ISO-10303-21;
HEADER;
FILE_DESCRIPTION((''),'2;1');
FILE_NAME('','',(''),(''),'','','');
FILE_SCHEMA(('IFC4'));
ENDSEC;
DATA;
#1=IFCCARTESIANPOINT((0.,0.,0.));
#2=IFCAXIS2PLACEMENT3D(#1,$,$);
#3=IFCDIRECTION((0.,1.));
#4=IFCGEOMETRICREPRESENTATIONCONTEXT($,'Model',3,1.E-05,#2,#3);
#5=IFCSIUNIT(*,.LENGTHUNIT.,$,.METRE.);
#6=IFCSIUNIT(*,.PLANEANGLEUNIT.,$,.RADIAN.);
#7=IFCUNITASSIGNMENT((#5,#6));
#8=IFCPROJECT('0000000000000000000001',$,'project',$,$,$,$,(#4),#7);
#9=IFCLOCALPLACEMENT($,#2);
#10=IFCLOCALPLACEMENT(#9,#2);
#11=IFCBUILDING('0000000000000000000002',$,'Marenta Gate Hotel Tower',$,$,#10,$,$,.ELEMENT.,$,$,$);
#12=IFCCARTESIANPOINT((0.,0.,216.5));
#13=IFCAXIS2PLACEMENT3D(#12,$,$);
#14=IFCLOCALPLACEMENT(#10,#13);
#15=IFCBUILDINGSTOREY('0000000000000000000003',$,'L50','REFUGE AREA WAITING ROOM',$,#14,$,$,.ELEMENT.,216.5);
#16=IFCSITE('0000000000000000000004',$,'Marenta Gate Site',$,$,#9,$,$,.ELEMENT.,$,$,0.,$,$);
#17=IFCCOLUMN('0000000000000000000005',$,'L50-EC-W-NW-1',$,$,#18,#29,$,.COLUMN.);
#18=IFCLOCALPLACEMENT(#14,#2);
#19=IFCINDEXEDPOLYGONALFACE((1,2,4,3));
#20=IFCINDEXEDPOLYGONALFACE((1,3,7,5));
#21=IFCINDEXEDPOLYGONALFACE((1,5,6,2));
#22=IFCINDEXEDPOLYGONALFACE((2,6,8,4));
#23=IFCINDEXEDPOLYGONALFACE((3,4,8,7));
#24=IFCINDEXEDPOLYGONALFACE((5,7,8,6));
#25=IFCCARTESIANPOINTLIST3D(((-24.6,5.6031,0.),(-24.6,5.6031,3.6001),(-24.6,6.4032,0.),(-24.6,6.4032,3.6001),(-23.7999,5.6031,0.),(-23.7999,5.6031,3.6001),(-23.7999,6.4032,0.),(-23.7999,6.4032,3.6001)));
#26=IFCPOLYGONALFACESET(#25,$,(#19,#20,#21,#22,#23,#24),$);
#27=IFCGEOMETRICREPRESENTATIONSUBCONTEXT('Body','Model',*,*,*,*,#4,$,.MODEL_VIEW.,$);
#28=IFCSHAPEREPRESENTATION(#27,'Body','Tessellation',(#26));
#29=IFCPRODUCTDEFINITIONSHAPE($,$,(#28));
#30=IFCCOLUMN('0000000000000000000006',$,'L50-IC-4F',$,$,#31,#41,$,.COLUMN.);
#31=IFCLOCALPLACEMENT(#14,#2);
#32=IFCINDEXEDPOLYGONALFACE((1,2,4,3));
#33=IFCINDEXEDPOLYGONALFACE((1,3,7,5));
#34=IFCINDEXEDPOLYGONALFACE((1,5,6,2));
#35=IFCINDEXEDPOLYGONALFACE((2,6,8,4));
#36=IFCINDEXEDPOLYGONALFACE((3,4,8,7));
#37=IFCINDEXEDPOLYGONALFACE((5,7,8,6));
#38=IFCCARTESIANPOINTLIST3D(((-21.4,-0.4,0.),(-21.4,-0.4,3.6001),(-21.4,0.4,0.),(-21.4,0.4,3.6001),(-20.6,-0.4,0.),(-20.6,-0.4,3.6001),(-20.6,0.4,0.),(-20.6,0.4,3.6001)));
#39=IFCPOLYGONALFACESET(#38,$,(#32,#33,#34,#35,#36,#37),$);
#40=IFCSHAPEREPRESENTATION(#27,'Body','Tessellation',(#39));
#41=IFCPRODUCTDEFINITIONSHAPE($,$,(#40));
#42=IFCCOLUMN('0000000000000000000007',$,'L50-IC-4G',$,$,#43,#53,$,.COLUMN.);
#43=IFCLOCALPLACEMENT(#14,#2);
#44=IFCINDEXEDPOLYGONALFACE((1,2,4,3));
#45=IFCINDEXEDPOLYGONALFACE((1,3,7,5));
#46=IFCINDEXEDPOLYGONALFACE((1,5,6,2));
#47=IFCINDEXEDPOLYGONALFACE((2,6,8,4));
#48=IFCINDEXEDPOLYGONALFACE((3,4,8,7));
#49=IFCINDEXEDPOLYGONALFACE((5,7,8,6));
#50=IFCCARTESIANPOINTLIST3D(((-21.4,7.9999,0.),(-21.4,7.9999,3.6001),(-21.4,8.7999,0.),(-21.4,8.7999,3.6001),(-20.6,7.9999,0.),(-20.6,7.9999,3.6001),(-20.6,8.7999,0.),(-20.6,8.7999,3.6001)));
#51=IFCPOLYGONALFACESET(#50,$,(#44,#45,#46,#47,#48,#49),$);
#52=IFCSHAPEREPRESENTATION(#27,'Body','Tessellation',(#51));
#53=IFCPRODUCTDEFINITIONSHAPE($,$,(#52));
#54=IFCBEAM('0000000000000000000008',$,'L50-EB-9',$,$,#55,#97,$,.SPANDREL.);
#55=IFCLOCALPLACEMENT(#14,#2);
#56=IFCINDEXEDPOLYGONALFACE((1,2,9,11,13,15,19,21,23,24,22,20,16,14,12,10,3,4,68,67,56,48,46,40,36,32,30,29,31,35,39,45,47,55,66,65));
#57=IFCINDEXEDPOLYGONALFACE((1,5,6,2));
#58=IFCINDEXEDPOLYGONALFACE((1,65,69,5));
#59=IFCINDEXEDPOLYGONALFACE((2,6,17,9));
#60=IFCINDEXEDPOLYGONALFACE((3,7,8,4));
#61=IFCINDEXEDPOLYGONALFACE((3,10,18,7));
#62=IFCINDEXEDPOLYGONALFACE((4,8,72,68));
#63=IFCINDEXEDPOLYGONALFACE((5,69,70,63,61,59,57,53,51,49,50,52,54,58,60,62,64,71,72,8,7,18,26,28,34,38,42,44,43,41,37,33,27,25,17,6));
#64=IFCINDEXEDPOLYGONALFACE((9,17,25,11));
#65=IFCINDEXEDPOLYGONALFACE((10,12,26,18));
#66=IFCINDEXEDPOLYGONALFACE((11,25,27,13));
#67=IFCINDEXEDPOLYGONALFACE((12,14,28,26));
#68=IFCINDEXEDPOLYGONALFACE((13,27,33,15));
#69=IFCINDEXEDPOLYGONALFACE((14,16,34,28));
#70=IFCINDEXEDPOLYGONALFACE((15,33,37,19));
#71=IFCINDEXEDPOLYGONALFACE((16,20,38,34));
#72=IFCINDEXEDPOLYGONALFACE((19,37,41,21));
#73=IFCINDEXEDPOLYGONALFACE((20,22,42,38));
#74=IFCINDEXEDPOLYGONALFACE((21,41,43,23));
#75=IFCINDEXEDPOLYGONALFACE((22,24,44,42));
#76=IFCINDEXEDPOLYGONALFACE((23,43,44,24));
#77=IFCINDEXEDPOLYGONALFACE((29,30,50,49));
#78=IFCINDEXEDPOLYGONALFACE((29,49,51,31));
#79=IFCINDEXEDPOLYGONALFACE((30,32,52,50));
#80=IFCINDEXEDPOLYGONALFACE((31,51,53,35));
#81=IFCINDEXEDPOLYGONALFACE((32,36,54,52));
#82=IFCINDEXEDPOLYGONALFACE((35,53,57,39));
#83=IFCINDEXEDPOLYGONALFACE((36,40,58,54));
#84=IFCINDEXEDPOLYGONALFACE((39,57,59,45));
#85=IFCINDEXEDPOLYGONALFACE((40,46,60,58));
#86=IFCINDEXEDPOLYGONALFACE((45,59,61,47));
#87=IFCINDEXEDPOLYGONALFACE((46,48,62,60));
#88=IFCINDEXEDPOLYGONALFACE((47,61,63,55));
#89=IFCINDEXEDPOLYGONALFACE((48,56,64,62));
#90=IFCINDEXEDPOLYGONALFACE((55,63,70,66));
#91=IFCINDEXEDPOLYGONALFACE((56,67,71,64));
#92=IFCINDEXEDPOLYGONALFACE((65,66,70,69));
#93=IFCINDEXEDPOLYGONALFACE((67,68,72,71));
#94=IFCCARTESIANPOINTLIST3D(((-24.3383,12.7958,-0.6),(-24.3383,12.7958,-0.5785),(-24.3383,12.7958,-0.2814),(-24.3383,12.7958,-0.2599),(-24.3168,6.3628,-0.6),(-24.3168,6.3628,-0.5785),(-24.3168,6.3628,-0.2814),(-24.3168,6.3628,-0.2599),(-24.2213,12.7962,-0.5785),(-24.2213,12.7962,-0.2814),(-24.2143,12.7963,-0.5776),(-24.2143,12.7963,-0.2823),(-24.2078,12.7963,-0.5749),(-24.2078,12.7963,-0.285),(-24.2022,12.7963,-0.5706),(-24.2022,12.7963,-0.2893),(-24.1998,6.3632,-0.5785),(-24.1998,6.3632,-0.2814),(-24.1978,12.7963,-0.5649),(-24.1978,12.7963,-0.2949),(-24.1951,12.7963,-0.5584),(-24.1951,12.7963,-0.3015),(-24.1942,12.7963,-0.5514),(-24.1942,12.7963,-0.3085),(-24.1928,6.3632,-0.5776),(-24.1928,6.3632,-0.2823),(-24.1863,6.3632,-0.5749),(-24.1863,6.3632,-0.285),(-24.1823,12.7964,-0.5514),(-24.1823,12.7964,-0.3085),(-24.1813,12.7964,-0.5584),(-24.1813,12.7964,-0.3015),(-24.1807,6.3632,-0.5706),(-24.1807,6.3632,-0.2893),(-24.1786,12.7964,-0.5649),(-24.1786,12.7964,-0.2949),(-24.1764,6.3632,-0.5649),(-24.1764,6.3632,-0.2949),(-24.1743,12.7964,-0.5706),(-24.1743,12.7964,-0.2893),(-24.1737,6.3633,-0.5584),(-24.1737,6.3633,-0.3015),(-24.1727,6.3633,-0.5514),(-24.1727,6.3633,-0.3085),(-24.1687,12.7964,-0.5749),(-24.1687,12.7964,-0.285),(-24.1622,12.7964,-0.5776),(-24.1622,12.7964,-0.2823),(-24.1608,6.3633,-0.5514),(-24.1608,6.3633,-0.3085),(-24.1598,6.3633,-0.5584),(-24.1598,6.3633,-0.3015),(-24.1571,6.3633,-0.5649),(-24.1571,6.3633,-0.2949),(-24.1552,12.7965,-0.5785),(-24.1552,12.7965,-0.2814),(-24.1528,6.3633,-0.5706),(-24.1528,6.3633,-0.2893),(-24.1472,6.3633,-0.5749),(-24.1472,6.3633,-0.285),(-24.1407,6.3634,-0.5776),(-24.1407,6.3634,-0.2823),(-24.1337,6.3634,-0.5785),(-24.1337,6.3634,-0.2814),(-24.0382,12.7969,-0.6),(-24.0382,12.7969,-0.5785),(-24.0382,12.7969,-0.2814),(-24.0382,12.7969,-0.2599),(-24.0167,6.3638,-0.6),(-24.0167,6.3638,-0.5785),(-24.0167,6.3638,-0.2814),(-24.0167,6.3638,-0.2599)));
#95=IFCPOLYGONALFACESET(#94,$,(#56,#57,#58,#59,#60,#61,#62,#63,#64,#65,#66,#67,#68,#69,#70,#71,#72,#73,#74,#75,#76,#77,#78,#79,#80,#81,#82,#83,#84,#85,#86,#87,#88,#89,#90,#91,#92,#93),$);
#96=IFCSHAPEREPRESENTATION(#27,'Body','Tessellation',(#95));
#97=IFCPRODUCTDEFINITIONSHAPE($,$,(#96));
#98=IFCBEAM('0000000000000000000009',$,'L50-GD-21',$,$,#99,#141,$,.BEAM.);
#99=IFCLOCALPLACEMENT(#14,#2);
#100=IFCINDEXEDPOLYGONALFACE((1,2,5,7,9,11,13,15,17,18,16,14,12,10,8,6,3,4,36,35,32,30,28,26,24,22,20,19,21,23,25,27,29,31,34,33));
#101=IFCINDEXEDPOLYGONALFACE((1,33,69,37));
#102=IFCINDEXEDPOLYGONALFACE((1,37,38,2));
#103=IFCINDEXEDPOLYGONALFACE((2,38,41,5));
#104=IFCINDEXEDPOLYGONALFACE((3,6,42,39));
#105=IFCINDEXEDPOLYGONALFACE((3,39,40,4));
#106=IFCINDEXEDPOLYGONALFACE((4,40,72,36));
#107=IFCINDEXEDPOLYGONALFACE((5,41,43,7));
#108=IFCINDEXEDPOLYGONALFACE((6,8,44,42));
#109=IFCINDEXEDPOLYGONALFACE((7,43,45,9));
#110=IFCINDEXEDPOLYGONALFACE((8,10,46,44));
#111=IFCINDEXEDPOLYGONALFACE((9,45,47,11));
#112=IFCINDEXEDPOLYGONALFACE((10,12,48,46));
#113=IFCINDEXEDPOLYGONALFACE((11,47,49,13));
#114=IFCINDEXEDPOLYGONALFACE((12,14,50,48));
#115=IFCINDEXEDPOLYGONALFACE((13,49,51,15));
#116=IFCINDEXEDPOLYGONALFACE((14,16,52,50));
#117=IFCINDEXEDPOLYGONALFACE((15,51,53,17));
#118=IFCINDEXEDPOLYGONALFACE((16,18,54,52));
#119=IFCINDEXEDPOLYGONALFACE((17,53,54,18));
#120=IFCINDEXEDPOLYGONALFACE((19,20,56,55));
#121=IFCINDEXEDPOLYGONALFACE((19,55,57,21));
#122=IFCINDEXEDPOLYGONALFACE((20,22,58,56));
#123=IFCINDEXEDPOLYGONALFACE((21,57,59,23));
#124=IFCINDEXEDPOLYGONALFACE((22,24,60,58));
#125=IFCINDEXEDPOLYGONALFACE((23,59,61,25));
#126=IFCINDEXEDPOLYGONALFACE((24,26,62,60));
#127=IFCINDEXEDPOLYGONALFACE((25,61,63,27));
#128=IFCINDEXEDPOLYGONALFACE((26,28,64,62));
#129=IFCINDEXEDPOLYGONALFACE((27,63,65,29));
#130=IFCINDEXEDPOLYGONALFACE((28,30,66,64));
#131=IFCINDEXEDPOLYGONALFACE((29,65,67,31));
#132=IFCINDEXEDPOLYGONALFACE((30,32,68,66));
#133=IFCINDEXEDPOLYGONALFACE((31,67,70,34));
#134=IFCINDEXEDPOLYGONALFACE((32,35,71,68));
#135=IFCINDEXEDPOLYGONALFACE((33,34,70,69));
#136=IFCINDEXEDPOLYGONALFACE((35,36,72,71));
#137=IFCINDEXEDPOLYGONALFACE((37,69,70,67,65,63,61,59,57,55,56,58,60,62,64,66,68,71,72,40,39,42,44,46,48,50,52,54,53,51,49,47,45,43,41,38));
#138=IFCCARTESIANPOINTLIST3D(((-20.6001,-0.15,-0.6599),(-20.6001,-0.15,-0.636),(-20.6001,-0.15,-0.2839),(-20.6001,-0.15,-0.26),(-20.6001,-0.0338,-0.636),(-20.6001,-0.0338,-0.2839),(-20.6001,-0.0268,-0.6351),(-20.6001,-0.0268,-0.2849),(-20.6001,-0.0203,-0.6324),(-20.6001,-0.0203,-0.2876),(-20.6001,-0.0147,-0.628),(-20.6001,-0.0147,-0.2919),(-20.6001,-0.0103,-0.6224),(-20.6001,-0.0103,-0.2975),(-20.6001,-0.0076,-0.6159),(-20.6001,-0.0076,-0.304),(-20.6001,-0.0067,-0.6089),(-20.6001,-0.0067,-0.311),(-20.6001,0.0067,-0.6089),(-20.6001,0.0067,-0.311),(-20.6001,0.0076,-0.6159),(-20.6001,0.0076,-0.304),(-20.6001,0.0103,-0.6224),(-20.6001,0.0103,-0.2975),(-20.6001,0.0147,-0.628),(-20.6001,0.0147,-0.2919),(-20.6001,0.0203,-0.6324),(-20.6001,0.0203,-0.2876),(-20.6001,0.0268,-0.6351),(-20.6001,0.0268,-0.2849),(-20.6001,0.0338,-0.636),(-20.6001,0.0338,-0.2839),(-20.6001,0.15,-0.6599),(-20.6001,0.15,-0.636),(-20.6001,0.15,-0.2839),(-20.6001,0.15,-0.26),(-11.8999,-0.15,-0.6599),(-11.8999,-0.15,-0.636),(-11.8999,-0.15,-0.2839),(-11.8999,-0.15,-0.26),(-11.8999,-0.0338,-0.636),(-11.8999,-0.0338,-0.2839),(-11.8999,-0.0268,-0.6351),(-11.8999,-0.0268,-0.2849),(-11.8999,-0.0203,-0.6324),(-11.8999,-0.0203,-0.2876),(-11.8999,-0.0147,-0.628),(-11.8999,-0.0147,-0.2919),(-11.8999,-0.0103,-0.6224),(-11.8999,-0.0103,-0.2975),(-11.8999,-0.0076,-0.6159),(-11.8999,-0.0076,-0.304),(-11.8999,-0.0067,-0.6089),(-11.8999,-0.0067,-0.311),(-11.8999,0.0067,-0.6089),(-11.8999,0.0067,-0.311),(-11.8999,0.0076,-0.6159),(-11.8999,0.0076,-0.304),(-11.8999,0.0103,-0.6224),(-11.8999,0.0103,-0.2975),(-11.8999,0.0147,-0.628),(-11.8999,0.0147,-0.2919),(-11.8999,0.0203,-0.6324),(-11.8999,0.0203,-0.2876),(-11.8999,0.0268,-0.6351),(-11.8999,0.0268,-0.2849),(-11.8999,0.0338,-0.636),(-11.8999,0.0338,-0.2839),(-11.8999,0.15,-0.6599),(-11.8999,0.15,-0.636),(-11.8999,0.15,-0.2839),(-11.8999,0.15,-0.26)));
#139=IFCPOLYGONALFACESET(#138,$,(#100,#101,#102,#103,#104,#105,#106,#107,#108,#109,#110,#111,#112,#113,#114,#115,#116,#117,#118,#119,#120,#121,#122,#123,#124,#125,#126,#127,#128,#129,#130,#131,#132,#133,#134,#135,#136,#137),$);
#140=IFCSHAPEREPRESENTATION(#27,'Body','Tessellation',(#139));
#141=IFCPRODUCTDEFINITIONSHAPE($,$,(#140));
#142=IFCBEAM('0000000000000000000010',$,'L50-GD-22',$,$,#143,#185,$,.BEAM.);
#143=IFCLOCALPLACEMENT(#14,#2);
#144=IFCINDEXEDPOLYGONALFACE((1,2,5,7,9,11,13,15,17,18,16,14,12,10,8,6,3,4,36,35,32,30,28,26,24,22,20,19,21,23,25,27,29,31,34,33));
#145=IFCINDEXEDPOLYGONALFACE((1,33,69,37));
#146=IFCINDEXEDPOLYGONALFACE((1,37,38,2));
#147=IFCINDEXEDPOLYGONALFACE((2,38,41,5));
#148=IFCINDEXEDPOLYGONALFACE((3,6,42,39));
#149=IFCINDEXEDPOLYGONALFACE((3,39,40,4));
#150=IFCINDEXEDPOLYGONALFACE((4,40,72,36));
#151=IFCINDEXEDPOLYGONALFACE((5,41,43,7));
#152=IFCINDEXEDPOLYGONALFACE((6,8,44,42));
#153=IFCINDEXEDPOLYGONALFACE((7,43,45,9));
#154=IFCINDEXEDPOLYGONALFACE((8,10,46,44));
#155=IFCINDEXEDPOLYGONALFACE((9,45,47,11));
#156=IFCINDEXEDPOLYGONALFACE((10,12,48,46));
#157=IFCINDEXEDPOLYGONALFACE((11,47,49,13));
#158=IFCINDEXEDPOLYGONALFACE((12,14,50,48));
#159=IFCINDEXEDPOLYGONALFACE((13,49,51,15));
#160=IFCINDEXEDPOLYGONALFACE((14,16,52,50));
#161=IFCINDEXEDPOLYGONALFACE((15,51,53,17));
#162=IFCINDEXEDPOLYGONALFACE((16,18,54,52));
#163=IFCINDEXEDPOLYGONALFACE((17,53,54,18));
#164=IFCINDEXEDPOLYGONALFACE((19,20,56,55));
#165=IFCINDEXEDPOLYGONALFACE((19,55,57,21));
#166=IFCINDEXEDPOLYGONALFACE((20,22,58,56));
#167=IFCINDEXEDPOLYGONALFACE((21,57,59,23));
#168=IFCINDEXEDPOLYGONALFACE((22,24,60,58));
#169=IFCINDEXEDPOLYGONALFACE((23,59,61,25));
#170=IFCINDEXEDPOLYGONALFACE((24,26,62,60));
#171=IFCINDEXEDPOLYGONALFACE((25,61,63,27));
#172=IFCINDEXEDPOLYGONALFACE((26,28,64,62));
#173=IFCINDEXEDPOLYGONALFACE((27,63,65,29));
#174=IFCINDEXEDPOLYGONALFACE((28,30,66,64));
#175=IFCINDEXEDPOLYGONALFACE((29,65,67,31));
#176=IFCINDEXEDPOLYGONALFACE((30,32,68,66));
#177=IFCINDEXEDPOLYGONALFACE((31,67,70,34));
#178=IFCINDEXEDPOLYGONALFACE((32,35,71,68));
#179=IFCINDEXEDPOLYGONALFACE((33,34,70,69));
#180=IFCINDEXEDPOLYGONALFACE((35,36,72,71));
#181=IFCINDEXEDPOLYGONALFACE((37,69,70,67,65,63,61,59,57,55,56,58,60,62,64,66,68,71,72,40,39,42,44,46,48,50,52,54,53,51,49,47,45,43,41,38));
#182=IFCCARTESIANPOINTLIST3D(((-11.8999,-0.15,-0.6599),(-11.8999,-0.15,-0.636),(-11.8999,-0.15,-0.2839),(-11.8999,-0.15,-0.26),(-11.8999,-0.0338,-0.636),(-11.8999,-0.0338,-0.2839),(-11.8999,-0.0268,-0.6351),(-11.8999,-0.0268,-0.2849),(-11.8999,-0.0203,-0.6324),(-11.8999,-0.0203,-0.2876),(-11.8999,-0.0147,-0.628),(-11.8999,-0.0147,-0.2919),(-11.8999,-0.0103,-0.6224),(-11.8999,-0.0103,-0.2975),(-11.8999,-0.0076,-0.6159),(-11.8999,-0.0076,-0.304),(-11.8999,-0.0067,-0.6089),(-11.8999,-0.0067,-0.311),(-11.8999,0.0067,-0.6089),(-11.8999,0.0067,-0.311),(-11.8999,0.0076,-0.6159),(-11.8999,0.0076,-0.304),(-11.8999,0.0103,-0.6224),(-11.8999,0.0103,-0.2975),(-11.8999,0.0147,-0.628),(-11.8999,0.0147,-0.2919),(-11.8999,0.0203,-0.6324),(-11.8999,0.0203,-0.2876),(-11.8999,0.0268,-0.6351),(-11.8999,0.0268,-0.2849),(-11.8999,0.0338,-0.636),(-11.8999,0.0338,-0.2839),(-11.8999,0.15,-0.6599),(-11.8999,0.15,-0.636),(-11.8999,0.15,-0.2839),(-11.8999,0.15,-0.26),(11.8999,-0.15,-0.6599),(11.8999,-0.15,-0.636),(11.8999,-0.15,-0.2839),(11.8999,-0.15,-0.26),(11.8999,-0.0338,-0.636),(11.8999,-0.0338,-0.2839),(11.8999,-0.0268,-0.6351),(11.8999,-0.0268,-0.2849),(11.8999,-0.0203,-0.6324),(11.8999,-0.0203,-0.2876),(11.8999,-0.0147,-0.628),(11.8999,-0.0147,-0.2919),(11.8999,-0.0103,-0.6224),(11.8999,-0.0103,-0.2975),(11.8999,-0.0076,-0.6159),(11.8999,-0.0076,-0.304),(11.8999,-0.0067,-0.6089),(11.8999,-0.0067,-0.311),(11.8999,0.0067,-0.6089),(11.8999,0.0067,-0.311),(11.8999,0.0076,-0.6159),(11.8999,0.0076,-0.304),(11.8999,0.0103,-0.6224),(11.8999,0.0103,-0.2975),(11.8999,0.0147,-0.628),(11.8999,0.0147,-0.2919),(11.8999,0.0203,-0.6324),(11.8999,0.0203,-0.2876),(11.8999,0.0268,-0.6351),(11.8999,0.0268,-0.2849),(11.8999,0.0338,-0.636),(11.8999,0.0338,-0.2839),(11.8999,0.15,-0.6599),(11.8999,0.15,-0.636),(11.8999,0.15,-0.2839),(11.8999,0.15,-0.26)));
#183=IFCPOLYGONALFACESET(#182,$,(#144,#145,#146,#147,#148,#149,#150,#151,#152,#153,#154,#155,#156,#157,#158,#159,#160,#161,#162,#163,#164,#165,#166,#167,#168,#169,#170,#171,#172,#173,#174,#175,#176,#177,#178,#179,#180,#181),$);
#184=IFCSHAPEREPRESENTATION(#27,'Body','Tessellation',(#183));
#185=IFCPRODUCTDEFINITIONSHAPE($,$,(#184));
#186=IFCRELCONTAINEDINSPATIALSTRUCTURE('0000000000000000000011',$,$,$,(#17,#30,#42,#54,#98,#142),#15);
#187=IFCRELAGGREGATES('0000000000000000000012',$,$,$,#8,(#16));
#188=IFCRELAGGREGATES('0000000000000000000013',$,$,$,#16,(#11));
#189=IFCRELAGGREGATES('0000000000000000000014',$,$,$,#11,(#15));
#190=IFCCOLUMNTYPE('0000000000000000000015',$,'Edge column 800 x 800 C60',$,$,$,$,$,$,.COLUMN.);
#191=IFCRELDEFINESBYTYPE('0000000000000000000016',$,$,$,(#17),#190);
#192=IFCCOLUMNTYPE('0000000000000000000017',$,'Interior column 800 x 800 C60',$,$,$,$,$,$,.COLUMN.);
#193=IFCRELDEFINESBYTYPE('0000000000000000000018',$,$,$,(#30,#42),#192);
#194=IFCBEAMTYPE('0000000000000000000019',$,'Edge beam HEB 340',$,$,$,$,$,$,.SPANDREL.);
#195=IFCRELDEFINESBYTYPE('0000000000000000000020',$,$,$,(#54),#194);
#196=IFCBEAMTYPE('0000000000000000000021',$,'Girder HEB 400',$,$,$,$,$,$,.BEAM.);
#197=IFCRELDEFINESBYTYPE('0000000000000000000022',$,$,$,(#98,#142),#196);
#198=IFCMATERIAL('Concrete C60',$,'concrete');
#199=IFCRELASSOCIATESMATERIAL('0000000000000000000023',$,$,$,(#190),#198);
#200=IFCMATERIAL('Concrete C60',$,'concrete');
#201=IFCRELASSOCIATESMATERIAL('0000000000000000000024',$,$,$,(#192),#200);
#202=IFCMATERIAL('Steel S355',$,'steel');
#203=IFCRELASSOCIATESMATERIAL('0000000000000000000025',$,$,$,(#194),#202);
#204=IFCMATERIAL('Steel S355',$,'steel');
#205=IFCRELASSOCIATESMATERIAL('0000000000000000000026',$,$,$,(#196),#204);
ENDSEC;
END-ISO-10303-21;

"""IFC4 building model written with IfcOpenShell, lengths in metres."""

from ifc_helpers import new_model, si_unit, direction, frame, origin, origin_2d, place, context, subcontext, project, spatial, rectangle, i_section, extrude, material, material_profile, profile_set, type_object, element, save


model = new_model("IFC4")

# Units and contexts
model_context = context("Model", 3, precision=1e-05, world=origin(), true_north=direction((0.0, 1.0)))
body_context = subcontext(model_context, "Body", "Model", "MODEL_VIEW")
ifc_project = project(units=[si_unit("LENGTHUNIT", "METRE"), si_unit("PLANEANGLEUNIT", "RADIAN")], contexts=[model_context])

# Site, building, storey
site_placement = place(None, origin())
site = spatial("IfcSite", under=ifc_project, at=site_placement, Name="Marenta Gate Site", CompositionType="ELEMENT", RefElevation=0.0)
building_placement = place(site_placement, origin())
building = spatial("IfcBuilding", under=site, at=building_placement, Name="Marenta Gate Hotel Tower", CompositionType="ELEMENT")
storey_placement = place(building_placement, frame((0.0, 0.0, 216.5)))
storey = spatial("IfcBuildingStorey", under=building, at=storey_placement, Name="L50", Description="REFUGE AREA WAITING ROOM", CompositionType="ELEMENT", Elevation=216.5)

# Columns
ifc_material_1 = material(Name="Concrete C60", Category="concrete")
ifc_material_profile_1 = material_profile(ifc_material_1, rectangle(XDim=0.8, YDim=0.8, at=origin_2d()), Name="800 x 800")
ifc_profile_set_1 = profile_set([ifc_material_profile_1], Name="Concrete C60")
column_type_1 = type_object("IfcColumnType", Name="Edge column 800 x 800 C60", PredefinedType="COLUMN", material=ifc_profile_set_1)
column_placement = place(storey_placement, frame((-24.2, 6.0032, 0.0), z_axis=(0.0, 0.0, 1.0), x_axis=(1.0, 0.0, 0.0)))
element("IfcColumn", 1, at=column_placement, inside=storey, type_object=column_type_1, Name="L50-EC-W-NW-1", PredefinedType="COLUMN", context=body_context, shape_type="SweptSolid", body=[
    extrude(rectangle(XDim=0.8, YDim=0.8, at=origin_2d()), origin(), (0.0, 0.0, 1.0), 3.6001),
])
ifc_material_2 = material(Name="Concrete C60", Category="concrete")
ifc_material_profile_2 = material_profile(ifc_material_2, rectangle(XDim=0.8, YDim=0.8, at=origin_2d()), Name="800 x 800")
ifc_profile_set_2 = profile_set([ifc_material_profile_2], Name="Concrete C60")
column_type_2 = type_object("IfcColumnType", Name="Interior column 800 x 800 C60", PredefinedType="COLUMN", material=ifc_profile_set_2)
for number, where, z_axis, x_axis, name in (
    (2, (-21.0, 0.0, 0.0), (0.0, 0.0, 1.0), (1.0, 0.0, 0.0), "L50-IC-4F"),
    (3, (-21.0, 8.3999, 0.0), (0.0, 0.0, 1.0), (1.0, 0.0, 0.0), "L50-IC-4G"),
):
    element("IfcColumn", number, at=place(storey_placement, frame(where, z_axis=z_axis, x_axis=x_axis)), inside=storey, type_object=column_type_2, Name=name, PredefinedType="COLUMN", context=body_context, shape_type="SweptSolid", body=[
        extrude(rectangle(XDim=0.8, YDim=0.8, at=origin_2d()), origin(), (0.0, 0.0, 1.0), 3.6001),
    ])

# Beams
ifc_material_3 = material(Name="Steel S355", Category="steel")
ifc_material_profile_3 = material_profile(ifc_material_3, i_section(OverallWidth=0.3, OverallDepth=0.3401, WebThickness=0.012, FlangeThickness=0.0215, FilletRadius=0.0271, at=origin_2d()), Name="HEB 340")
ifc_profile_set_3 = profile_set([ifc_material_profile_3], Name="Steel S355")
beam_type_1 = type_object("IfcBeamType", Name="Edge beam HEB 340", PredefinedType="SPANDREL", material=ifc_profile_set_3)
beam_1_placement = place(storey_placement, frame((-24.1667, 6.3633, -0.4299), z_axis=(-0.00334, 0.999994, 0.0), x_axis=(-0.999994, -0.00334, 0.0)))
element("IfcBeam", 4, at=beam_1_placement, inside=storey, type_object=beam_type_1, Name="L50-EB-9", PredefinedType="SPANDREL", context=body_context, shape_type="SweptSolid", body=[
    extrude(i_section(OverallWidth=0.3, OverallDepth=0.3401, WebThickness=0.012, FlangeThickness=0.0215, FilletRadius=0.0271, at=origin_2d()), origin(), (0.0, 0.0, 1.0), 6.4331),
])
ifc_material_4 = material(Name="Steel S355", Category="steel")
ifc_material_profile_4 = material_profile(ifc_material_4, i_section(OverallWidth=0.3, OverallDepth=0.3999, WebThickness=0.0134, FlangeThickness=0.0239, FilletRadius=0.0271, at=origin_2d()), Name="HEB 400")
ifc_profile_set_4 = profile_set([ifc_material_profile_4], Name="Steel S355")
beam_type_2 = type_object("IfcBeamType", Name="Girder HEB 400", PredefinedType="BEAM", material=ifc_profile_set_4)
beam_2_placement = place(storey_placement, frame((-20.6001, 0.0, -0.46), z_axis=(1.0, 0.0, 0.0), x_axis=(0.0, 1.0, 0.0)))
element("IfcBeam", 5, at=beam_2_placement, inside=storey, type_object=beam_type_2, Name="L50-GD-21", PredefinedType="BEAM", context=body_context, shape_type="SweptSolid", body=[
    extrude(i_section(OverallWidth=0.3, OverallDepth=0.3999, WebThickness=0.0134, FlangeThickness=0.0239, FilletRadius=0.0271, at=origin_2d()), origin(), (0.0, 0.0, 1.0), 8.7002),
])
beam_3_placement = place(storey_placement, frame((-11.8999, 0.0, -0.46), z_axis=(1.0, 0.0, 0.0), x_axis=(0.0, 1.0, 0.0)))
element("IfcBeam", 6, at=beam_3_placement, inside=storey, type_object=beam_type_2, Name="L50-GD-22", PredefinedType="BEAM", context=body_context, shape_type="SweptSolid", body=[
    extrude(i_section(OverallWidth=0.3, OverallDepth=0.3999, WebThickness=0.0134, FlangeThickness=0.0239, FilletRadius=0.0271, at=origin_2d()), origin(), (0.0, 0.0, 1.0), 23.7998),
])

save(model, "model.ifc")
